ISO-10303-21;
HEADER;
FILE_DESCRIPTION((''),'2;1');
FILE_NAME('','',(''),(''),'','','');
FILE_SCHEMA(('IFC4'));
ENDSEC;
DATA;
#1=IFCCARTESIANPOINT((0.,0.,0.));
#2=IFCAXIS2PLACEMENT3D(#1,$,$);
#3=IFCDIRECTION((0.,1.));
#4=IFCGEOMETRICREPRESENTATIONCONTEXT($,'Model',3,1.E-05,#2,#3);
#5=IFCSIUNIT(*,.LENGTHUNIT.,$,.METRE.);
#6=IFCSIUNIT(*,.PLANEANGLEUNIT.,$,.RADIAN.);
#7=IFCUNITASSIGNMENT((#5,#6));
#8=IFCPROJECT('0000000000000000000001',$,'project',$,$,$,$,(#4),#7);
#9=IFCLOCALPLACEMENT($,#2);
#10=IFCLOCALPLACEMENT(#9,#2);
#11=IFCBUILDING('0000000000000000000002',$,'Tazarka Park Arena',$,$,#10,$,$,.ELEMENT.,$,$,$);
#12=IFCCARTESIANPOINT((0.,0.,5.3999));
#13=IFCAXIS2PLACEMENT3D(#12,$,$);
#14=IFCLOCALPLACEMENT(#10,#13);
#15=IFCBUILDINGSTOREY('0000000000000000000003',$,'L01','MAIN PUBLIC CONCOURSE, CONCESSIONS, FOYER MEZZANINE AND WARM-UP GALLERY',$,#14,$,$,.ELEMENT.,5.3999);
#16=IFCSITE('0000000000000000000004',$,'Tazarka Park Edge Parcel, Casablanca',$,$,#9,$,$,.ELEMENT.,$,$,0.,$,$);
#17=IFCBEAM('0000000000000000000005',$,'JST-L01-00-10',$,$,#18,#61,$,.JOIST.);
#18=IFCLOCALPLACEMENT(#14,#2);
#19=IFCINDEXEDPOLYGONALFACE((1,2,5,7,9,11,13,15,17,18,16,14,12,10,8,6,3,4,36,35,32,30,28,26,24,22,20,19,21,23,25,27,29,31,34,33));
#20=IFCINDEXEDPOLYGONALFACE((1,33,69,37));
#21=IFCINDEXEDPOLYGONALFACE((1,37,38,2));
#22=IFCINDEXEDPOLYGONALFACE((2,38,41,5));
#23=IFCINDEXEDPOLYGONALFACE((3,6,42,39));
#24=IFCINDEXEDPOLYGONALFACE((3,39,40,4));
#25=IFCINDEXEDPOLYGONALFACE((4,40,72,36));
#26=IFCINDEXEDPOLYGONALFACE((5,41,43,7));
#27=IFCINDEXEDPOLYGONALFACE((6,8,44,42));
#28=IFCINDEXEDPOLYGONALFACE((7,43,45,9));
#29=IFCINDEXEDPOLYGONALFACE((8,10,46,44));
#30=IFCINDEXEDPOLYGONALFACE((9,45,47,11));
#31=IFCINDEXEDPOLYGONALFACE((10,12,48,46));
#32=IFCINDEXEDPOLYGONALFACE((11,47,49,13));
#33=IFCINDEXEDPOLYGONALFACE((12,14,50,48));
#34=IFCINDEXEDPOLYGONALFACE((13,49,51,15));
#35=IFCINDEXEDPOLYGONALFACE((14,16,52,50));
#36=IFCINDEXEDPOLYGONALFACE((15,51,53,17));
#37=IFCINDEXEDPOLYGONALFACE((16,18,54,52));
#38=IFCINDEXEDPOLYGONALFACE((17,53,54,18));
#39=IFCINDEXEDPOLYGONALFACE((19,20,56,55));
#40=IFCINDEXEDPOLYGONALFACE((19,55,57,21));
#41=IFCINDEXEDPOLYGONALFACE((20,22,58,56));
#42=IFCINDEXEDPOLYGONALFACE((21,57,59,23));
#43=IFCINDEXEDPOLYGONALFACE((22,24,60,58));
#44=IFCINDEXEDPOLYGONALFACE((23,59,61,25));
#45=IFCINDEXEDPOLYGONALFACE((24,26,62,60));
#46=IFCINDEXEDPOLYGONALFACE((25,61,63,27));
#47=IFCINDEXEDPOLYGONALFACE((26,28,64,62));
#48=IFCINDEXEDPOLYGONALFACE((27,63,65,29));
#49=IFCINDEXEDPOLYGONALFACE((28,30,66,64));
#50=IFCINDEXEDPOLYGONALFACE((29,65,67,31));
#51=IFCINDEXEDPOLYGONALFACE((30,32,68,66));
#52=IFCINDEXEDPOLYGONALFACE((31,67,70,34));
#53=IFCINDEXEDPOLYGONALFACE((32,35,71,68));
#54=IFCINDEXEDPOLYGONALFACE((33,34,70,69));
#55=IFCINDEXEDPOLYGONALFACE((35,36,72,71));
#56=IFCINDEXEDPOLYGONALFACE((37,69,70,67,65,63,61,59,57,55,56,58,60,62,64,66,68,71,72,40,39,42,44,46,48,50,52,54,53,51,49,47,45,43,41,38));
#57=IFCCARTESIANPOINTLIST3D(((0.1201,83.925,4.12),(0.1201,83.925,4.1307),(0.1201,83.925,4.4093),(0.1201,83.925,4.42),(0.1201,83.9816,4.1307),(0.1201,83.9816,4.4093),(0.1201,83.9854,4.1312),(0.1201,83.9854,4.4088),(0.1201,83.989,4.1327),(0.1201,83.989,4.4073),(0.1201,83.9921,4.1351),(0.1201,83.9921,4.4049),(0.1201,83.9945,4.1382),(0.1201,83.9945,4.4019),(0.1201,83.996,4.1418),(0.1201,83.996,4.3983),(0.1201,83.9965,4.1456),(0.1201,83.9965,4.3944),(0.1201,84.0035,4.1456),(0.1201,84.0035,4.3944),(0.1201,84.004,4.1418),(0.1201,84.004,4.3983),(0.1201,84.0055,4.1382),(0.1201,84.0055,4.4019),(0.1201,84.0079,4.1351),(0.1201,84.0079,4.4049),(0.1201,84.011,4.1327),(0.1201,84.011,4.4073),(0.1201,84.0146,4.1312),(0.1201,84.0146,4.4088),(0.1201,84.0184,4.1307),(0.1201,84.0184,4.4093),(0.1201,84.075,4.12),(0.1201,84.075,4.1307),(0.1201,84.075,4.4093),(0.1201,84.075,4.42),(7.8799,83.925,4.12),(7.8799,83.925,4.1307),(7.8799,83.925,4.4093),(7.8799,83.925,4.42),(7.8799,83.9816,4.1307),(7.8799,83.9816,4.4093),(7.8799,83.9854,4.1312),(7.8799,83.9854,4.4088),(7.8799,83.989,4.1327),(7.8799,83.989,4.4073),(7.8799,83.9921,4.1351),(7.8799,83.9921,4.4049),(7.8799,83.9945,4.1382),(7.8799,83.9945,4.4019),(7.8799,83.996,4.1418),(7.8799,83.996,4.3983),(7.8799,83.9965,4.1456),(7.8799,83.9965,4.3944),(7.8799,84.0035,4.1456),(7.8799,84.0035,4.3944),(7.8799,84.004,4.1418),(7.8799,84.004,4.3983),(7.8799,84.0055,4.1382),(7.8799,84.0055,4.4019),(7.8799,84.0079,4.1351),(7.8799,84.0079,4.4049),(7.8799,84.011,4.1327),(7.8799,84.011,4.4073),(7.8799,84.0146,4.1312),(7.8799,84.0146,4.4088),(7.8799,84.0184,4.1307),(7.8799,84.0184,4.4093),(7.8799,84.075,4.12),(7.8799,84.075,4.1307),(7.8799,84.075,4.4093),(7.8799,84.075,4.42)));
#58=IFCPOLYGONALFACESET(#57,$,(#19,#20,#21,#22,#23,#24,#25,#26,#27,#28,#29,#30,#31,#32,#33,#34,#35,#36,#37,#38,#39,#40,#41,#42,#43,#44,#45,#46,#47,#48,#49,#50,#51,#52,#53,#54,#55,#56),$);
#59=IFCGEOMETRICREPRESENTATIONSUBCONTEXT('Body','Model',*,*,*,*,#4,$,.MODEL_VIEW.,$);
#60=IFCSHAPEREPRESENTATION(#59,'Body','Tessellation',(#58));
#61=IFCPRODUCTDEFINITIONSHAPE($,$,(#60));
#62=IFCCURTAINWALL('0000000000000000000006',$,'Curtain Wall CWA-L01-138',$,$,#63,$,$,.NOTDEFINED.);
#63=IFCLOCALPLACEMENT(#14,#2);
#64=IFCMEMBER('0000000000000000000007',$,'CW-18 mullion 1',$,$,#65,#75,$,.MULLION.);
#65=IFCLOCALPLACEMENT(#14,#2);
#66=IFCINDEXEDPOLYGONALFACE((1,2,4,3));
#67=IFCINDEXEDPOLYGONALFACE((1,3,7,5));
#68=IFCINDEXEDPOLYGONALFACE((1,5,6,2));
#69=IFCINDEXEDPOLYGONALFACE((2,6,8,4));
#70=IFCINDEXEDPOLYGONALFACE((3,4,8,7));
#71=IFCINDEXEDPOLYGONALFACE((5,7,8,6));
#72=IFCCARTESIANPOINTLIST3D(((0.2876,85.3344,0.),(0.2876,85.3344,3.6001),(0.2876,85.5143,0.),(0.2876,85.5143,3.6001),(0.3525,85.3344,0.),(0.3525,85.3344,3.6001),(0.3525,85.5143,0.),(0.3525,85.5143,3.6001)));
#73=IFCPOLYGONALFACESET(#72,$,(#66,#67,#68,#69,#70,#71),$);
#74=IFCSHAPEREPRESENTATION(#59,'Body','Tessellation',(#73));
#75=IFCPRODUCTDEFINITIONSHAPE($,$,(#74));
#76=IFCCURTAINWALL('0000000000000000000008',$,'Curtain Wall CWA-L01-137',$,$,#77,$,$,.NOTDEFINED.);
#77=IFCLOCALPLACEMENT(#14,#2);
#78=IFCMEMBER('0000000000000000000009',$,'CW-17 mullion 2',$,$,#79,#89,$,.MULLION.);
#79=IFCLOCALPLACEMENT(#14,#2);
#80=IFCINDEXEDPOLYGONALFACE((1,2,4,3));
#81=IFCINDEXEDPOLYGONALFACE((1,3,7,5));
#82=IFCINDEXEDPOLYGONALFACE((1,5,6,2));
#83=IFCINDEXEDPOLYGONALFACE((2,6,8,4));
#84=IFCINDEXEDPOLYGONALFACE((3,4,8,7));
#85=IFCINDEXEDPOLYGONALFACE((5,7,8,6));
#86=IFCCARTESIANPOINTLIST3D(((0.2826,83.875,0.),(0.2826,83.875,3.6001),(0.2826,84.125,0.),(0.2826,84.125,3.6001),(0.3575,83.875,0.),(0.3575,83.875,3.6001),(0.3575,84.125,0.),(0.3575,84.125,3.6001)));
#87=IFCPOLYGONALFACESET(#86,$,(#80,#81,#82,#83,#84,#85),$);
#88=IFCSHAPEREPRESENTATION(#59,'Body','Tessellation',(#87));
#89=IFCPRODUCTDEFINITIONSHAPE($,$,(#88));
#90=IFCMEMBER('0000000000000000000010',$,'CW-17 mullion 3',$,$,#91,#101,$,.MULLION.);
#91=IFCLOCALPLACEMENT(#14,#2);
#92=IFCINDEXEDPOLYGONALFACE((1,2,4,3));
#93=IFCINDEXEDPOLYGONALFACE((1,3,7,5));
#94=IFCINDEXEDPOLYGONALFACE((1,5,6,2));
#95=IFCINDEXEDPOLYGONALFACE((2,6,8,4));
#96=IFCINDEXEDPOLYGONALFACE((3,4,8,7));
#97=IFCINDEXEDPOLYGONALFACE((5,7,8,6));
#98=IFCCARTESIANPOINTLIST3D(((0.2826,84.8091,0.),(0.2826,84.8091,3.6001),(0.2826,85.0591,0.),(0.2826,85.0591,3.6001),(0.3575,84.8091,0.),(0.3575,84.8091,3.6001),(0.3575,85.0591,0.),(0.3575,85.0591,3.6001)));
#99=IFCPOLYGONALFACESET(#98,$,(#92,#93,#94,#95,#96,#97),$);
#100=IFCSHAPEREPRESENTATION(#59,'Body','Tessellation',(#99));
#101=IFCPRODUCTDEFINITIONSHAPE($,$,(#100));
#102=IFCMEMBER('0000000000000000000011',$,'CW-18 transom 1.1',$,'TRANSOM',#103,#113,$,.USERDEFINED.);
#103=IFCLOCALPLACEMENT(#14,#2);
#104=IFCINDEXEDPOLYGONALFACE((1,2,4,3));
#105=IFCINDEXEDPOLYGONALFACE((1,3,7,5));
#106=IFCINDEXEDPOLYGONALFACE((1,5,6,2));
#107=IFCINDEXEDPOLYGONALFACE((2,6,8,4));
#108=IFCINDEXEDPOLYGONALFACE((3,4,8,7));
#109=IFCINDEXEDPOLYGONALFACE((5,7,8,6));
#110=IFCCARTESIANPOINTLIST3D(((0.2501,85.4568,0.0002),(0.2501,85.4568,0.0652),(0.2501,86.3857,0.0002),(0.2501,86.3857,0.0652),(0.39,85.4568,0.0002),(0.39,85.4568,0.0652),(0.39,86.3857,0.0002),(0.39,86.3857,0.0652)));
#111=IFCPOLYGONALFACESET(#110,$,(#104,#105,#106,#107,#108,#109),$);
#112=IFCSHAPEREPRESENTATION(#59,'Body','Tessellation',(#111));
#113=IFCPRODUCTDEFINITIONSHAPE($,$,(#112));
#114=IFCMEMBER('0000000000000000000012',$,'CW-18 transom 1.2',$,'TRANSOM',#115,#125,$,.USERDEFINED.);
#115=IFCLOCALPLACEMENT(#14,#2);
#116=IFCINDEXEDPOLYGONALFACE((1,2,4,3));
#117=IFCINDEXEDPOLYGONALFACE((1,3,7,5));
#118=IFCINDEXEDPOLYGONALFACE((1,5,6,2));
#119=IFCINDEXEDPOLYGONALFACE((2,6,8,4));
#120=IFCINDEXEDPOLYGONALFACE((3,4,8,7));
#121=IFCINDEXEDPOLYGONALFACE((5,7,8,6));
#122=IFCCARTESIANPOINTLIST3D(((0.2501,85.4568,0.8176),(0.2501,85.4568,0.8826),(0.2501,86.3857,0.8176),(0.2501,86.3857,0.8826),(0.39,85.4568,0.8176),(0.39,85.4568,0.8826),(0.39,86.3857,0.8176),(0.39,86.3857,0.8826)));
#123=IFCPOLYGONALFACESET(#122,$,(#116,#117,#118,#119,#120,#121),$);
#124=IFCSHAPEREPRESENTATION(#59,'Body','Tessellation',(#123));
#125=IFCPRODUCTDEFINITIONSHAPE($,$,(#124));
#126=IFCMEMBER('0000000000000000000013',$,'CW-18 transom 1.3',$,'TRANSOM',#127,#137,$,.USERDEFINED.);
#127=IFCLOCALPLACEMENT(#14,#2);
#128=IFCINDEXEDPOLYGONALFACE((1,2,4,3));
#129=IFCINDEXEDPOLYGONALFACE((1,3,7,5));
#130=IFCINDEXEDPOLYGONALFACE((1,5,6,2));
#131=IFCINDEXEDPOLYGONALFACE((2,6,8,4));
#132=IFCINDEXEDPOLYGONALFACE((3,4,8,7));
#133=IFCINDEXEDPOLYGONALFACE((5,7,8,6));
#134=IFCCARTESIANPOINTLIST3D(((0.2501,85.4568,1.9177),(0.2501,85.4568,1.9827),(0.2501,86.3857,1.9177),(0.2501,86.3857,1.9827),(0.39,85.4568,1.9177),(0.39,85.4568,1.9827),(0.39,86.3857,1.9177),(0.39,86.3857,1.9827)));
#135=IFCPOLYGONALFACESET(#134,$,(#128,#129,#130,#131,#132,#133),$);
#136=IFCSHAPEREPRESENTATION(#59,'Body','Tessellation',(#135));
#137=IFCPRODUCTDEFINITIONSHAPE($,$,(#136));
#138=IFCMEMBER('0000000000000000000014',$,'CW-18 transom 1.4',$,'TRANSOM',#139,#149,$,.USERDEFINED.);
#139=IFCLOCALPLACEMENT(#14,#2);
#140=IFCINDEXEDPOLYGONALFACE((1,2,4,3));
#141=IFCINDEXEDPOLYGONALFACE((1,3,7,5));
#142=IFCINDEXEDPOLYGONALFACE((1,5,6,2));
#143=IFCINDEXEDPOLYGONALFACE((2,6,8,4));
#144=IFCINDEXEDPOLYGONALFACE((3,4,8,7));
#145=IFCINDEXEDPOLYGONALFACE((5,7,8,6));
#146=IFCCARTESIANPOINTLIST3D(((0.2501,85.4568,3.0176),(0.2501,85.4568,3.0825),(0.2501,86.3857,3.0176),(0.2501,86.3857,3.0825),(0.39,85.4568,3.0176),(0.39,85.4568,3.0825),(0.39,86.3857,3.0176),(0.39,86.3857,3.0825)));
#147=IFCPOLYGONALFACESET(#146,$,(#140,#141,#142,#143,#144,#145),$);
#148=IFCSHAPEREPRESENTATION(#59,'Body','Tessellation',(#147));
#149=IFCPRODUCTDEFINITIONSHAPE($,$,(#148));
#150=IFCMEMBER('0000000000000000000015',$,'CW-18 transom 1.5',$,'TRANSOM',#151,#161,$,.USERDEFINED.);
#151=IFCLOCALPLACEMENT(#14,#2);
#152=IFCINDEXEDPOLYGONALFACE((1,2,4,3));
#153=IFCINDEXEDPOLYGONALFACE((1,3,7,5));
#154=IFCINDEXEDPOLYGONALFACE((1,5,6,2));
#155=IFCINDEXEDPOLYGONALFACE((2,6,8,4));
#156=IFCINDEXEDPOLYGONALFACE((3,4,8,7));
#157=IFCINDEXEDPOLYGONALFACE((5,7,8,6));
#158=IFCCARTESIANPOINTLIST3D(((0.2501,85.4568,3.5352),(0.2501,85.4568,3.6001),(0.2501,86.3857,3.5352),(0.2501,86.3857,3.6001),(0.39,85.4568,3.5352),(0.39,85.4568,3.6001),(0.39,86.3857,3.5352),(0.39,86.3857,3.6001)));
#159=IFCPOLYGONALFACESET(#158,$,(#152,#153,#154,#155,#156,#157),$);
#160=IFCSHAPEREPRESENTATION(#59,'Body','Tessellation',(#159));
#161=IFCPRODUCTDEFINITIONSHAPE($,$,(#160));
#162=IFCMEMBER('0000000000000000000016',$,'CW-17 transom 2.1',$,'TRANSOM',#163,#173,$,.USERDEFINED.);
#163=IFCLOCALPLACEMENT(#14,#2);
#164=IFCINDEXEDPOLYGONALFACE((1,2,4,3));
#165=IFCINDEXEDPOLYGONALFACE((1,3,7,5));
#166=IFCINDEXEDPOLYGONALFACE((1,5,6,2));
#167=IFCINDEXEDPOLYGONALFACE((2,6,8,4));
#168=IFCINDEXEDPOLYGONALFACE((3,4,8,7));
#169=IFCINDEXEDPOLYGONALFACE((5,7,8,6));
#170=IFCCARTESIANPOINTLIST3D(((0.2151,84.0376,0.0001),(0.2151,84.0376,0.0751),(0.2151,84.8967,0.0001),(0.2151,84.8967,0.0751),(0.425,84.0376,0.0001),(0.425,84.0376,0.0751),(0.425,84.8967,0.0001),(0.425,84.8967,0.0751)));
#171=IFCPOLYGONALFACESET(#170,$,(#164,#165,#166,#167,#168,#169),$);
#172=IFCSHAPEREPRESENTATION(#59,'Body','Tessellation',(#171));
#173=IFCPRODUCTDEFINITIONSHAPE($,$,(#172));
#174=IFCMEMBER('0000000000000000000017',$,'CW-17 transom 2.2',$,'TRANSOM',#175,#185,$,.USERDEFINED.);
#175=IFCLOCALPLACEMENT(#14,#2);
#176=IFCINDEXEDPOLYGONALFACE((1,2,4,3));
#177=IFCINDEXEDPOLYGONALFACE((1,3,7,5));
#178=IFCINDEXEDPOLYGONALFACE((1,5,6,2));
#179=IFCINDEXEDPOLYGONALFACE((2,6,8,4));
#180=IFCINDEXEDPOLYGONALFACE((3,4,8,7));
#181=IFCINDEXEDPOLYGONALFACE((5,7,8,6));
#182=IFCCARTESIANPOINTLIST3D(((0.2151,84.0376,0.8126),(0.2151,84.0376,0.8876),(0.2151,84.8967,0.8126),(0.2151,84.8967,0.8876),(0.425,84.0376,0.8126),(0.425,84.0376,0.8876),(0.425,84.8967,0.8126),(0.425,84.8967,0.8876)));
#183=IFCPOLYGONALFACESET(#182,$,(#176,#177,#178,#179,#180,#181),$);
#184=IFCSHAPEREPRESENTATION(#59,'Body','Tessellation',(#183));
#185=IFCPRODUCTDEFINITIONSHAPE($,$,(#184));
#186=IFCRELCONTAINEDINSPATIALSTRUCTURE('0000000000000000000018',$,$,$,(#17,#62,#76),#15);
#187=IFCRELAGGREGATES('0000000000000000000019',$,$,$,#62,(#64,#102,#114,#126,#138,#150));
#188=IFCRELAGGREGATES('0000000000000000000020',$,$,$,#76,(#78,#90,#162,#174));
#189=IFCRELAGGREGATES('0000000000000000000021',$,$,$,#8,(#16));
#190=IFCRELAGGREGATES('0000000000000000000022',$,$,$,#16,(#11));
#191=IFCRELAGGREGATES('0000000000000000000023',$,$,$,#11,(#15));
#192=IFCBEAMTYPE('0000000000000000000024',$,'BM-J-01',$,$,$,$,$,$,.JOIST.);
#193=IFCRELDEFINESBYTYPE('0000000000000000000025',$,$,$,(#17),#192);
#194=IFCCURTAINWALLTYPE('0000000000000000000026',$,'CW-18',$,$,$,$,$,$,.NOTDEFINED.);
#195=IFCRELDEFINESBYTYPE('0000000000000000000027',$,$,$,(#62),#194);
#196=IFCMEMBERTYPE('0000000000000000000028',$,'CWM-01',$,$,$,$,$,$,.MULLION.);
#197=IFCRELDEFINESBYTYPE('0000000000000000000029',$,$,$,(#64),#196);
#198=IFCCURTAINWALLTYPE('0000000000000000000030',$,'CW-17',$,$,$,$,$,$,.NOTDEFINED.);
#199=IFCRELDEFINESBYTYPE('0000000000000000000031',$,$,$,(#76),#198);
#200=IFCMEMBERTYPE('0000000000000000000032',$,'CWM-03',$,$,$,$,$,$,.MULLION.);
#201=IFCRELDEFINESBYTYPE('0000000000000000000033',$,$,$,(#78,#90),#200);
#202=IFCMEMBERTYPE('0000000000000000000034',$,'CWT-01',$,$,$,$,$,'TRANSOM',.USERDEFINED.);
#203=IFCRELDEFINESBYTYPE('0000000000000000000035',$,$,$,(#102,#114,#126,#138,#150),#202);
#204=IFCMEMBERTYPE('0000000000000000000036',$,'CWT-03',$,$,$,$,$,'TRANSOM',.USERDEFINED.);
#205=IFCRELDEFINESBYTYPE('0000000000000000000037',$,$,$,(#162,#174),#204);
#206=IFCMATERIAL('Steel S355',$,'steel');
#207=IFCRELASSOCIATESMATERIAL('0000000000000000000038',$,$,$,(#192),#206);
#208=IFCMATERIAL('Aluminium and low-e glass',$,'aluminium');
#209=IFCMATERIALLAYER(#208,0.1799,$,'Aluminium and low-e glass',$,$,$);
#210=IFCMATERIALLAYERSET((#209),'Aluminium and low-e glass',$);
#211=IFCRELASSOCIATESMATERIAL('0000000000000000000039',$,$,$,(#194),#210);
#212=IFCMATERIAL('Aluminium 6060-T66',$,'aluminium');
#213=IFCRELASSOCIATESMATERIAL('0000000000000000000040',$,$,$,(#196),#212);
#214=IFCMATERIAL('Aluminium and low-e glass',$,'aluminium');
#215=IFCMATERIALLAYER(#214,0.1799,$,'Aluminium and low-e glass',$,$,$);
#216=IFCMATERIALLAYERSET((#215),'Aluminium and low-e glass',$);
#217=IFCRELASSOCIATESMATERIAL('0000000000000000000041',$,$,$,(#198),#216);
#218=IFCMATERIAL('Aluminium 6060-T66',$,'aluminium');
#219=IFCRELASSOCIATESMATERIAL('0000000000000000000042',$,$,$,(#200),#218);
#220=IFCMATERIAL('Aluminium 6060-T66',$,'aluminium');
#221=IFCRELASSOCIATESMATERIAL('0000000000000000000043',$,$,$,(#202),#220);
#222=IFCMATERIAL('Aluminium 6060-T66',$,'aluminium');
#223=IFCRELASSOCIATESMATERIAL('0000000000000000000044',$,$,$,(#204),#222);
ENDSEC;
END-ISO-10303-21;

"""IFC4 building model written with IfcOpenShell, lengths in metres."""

from ifc_helpers import new_model, si_unit, direction, frame, origin, origin_2d, place, context, subcontext, project, spatial, rectangle, i_section, extrude, material, layer, layer_set, material_profile, profile_set, type_object, element, aggregate, save


model = new_model("IFC4")

# Units and contexts
model_context = context("Model", 3, precision=1e-05, world=origin(), true_north=direction((0.0, 1.0)))
body_context = subcontext(model_context, "Body", "Model", "MODEL_VIEW")
ifc_project = project(units=[si_unit("LENGTHUNIT", "METRE"), si_unit("PLANEANGLEUNIT", "RADIAN")], contexts=[model_context])

# Site, building, storey
site_placement = place(None, origin())
site = spatial("IfcSite", under=ifc_project, at=site_placement, Name="Tazarka Park Edge Parcel, Casablanca", CompositionType="ELEMENT", RefElevation=0.0)
building_placement = place(site_placement, origin())
building = spatial("IfcBuilding", under=site, at=building_placement, Name="Tazarka Park Arena", CompositionType="ELEMENT")
storey_placement = place(building_placement, frame((0.0, 0.0, 5.3999)))
storey = spatial("IfcBuildingStorey", under=building, at=storey_placement, Name="L01", Description="MAIN PUBLIC CONCOURSE, CONCESSIONS, FOYER MEZZANINE AND WARM-UP GALLERY", CompositionType="ELEMENT", Elevation=5.3999)

# Beam
ifc_material_1 = material(Name="Steel S355", Category="steel")
ifc_material_profile_1 = material_profile(ifc_material_1, i_section(OverallWidth=0.1499, OverallDepth=0.3, WebThickness=0.0071, FlangeThickness=0.0107, FilletRadius=0.0149, at=origin_2d()), Name="Steel S355")
ifc_profile_set_1 = profile_set([ifc_material_profile_1], Name="Steel S355")
beam_type = type_object("IfcBeamType", Name="BM-J-01", PredefinedType="JOIST", material=ifc_profile_set_1)
beam_placement = place(storey_placement, frame((0.1201, 84.0, 4.27), z_axis=(1.0, 0.0, 0.0), x_axis=(0.0, 1.0, 0.0)))
element("IfcBeam", 1, at=beam_placement, inside=storey, type_object=beam_type, Name="JST-L01-00-10", PredefinedType="JOIST", context=body_context, shape_type="SweptSolid", body=[
    extrude(i_section(OverallWidth=0.1499, OverallDepth=0.3, WebThickness=0.0071, FlangeThickness=0.0107, FilletRadius=0.0149, at=origin_2d()), origin(), (0.0, 0.0, 1.0), 7.7598),
])

# Curtain wall, member
ifc_material_2 = material(Name="Aluminium and low-e glass", Category="aluminium")
ifc_layer_1 = layer(ifc_material_2, 0.1799, Name="Aluminium and low-e glass")
ifc_layer_set_1 = layer_set([ifc_layer_1], Name="Aluminium and low-e glass")
curtain_wall_type_1 = type_object("IfcCurtainWallType", Name="CW-18", PredefinedType="NOTDEFINED", material=ifc_layer_set_1)
curtain_wall_1_placement = place(storey_placement, origin())
curtain_wall_1 = element("IfcCurtainWall", 2, at=curtain_wall_1_placement, inside=storey, type_object=curtain_wall_type_1, Name="Curtain Wall CWA-L01-138", PredefinedType="NOTDEFINED")
ifc_material_3 = material(Name="Aluminium 6060-T66", Category="aluminium")
ifc_material_profile_2 = material_profile(ifc_material_3, rectangle(XDim=0.0649, YDim=0.1799, at=origin_2d()), Name="Aluminium 6060-T66")
ifc_profile_set_2 = profile_set([ifc_material_profile_2], Name="Aluminium 6060-T66")
member_type_1 = type_object("IfcMemberType", Name="CWM-01", PredefinedType="MULLION", material=ifc_profile_set_2)
member_1_placement = place(storey_placement, frame((0.3201, 85.4243, 0.0), z_axis=(0.0, 0.0, 1.0), x_axis=(-1.0, 0.0, 0.0)))
member_1 = element("IfcMember", 3, at=member_1_placement, type_object=member_type_1, Name="CW-18 mullion 1", PredefinedType="MULLION", context=body_context, shape_type="SweptSolid", body=[
    extrude(rectangle(XDim=0.0649, YDim=0.1799, at=origin_2d()), origin(), (0.0, 0.0, 1.0), 3.6001),
])

# Curtain wall, members
ifc_material_4 = material(Name="Aluminium and low-e glass", Category="aluminium")
ifc_layer_2 = layer(ifc_material_4, 0.1799, Name="Aluminium and low-e glass")
ifc_layer_set_2 = layer_set([ifc_layer_2], Name="Aluminium and low-e glass")
curtain_wall_type_2 = type_object("IfcCurtainWallType", Name="CW-17", PredefinedType="NOTDEFINED", material=ifc_layer_set_2)
curtain_wall_2_placement = place(storey_placement, origin())
curtain_wall_2 = element("IfcCurtainWall", 4, at=curtain_wall_2_placement, inside=storey, type_object=curtain_wall_type_2, Name="Curtain Wall CWA-L01-137", PredefinedType="NOTDEFINED")
ifc_material_5 = material(Name="Aluminium 6060-T66", Category="aluminium")
ifc_material_profile_3 = material_profile(ifc_material_5, rectangle(XDim=0.075, YDim=0.25, at=origin_2d()), Name="Aluminium 6060-T66")
ifc_profile_set_3 = profile_set([ifc_material_profile_3], Name="Aluminium 6060-T66")
member_type_2 = type_object("IfcMemberType", Name="CWM-03", PredefinedType="MULLION", material=ifc_profile_set_3)
member_2_placement = place(storey_placement, frame((0.3201, 84.0, 0.0), z_axis=(0.0, 0.0, 1.0), x_axis=(-1.0, 0.0, 0.0)))
member_2 = element("IfcMember", 5, at=member_2_placement, type_object=member_type_2, Name="CW-17 mullion 2", PredefinedType="MULLION", context=body_context, shape_type="SweptSolid", body=[
    extrude(rectangle(XDim=0.075, YDim=0.25, at=origin_2d()), origin(), (0.0, 0.0, 1.0), 3.6001),
])
member_3_placement = place(storey_placement, frame((0.3201, 84.9341, 0.0), z_axis=(0.0, 0.0, 1.0), x_axis=(-1.0, 0.0, 0.0)))
member_3 = element("IfcMember", 6, at=member_3_placement, type_object=member_type_2, Name="CW-17 mullion 3", PredefinedType="MULLION", context=body_context, shape_type="SweptSolid", body=[
    extrude(rectangle(XDim=0.075, YDim=0.25, at=origin_2d()), origin(), (0.0, 0.0, 1.0), 3.6001),
])

# Members
ifc_material_6 = material(Name="Aluminium 6060-T66", Category="aluminium")
ifc_material_profile_4 = material_profile(ifc_material_6, rectangle(XDim=0.1399, YDim=0.0649, at=origin_2d()), Name="Aluminium 6060-T66")
ifc_profile_set_4 = profile_set([ifc_material_profile_4], Name="Aluminium 6060-T66")
member_type_3 = type_object("IfcMemberType", Name="CWT-01", ElementType="TRANSOM", PredefinedType="USERDEFINED", material=ifc_profile_set_4)
member_4_placement = place(storey_placement, frame((0.3201, 85.4568, 0.0327), z_axis=(0.0, 1.0, 0.0), x_axis=(-1.0, 0.0, 0.0)))
member_4 = element("IfcMember", 7, at=member_4_placement, type_object=member_type_3, Name="CW-18 transom 1.1", ObjectType="TRANSOM", PredefinedType="USERDEFINED", context=body_context, shape_type="SweptSolid", body=[
    extrude(rectangle(XDim=0.1399, YDim=0.0649, at=origin_2d()), origin(), (0.0, 0.0, 1.0), 0.929),
])
member_5_placement = place(storey_placement, frame((0.3201, 85.4568, 0.8501), z_axis=(0.0, 1.0, 0.0), x_axis=(-1.0, 0.0, 0.0)))
member_5 = element("IfcMember", 8, at=member_5_placement, type_object=member_type_3, Name="CW-18 transom 1.2", ObjectType="TRANSOM", PredefinedType="USERDEFINED", context=body_context, shape_type="SweptSolid", body=[
    extrude(rectangle(XDim=0.1399, YDim=0.0649, at=origin_2d()), origin(), (0.0, 0.0, 1.0), 0.929),
])
member_6_placement = place(storey_placement, frame((0.3201, 85.4568, 1.9502), z_axis=(0.0, 1.0, 0.0), x_axis=(-1.0, 0.0, 0.0)))
member_6 = element("IfcMember", 9, at=member_6_placement, type_object=member_type_3, Name="CW-18 transom 1.3", ObjectType="TRANSOM", PredefinedType="USERDEFINED", context=body_context, shape_type="SweptSolid", body=[
    extrude(rectangle(XDim=0.1399, YDim=0.0649, at=origin_2d()), origin(), (0.0, 0.0, 1.0), 0.929),
])
member_7_placement = place(storey_placement, frame((0.3201, 85.4568, 3.05), z_axis=(0.0, 1.0, 0.0), x_axis=(-1.0, 0.0, 0.0)))
member_7 = element("IfcMember", 10, at=member_7_placement, type_object=member_type_3, Name="CW-18 transom 1.4", ObjectType="TRANSOM", PredefinedType="USERDEFINED", context=body_context, shape_type="SweptSolid", body=[
    extrude(rectangle(XDim=0.1399, YDim=0.0649, at=origin_2d()), origin(), (0.0, 0.0, 1.0), 0.929),
])
member_8_placement = place(storey_placement, frame((0.3201, 85.4568, 3.5676), z_axis=(0.0, 1.0, 0.0), x_axis=(-1.0, 0.0, 0.0)))
member_8 = element("IfcMember", 11, at=member_8_placement, type_object=member_type_3, Name="CW-18 transom 1.5", ObjectType="TRANSOM", PredefinedType="USERDEFINED", context=body_context, shape_type="SweptSolid", body=[
    extrude(rectangle(XDim=0.1399, YDim=0.0649, at=origin_2d()), origin(), (0.0, 0.0, 1.0), 0.929),
])
ifc_material_7 = material(Name="Aluminium 6060-T66", Category="aluminium")
ifc_material_profile_5 = material_profile(ifc_material_7, rectangle(XDim=0.21, YDim=0.075, at=origin_2d()), Name="Aluminium 6060-T66")
ifc_profile_set_5 = profile_set([ifc_material_profile_5], Name="Aluminium 6060-T66")
member_type_4 = type_object("IfcMemberType", Name="CWT-03", ElementType="TRANSOM", PredefinedType="USERDEFINED", material=ifc_profile_set_5)
member_9_placement = place(storey_placement, frame((0.3201, 84.0376, 0.0376), z_axis=(0.0, 1.0, 0.0), x_axis=(-1.0, 0.0, 0.0)))
member_9 = element("IfcMember", 12, at=member_9_placement, type_object=member_type_4, Name="CW-17 transom 2.1", ObjectType="TRANSOM", PredefinedType="USERDEFINED", context=body_context, shape_type="SweptSolid", body=[
    extrude(rectangle(XDim=0.21, YDim=0.075, at=origin_2d()), origin(), (0.0, 0.0, 1.0), 0.8591),
])
member_10_placement = place(storey_placement, frame((0.3201, 84.0376, 0.8501), z_axis=(0.0, 1.0, 0.0), x_axis=(-1.0, 0.0, 0.0)))
member_10 = element("IfcMember", 13, at=member_10_placement, type_object=member_type_4, Name="CW-17 transom 2.2", ObjectType="TRANSOM", PredefinedType="USERDEFINED", context=body_context, shape_type="SweptSolid", body=[
    extrude(rectangle(XDim=0.21, YDim=0.075, at=origin_2d()), origin(), (0.0, 0.0, 1.0), 0.8591),
])

aggregate(curtain_wall_1, [member_1, member_4, member_5, member_6, member_7, member_8])
aggregate(curtain_wall_2, [member_2, member_3, member_9, member_10])

save(model, "model.ifc")
